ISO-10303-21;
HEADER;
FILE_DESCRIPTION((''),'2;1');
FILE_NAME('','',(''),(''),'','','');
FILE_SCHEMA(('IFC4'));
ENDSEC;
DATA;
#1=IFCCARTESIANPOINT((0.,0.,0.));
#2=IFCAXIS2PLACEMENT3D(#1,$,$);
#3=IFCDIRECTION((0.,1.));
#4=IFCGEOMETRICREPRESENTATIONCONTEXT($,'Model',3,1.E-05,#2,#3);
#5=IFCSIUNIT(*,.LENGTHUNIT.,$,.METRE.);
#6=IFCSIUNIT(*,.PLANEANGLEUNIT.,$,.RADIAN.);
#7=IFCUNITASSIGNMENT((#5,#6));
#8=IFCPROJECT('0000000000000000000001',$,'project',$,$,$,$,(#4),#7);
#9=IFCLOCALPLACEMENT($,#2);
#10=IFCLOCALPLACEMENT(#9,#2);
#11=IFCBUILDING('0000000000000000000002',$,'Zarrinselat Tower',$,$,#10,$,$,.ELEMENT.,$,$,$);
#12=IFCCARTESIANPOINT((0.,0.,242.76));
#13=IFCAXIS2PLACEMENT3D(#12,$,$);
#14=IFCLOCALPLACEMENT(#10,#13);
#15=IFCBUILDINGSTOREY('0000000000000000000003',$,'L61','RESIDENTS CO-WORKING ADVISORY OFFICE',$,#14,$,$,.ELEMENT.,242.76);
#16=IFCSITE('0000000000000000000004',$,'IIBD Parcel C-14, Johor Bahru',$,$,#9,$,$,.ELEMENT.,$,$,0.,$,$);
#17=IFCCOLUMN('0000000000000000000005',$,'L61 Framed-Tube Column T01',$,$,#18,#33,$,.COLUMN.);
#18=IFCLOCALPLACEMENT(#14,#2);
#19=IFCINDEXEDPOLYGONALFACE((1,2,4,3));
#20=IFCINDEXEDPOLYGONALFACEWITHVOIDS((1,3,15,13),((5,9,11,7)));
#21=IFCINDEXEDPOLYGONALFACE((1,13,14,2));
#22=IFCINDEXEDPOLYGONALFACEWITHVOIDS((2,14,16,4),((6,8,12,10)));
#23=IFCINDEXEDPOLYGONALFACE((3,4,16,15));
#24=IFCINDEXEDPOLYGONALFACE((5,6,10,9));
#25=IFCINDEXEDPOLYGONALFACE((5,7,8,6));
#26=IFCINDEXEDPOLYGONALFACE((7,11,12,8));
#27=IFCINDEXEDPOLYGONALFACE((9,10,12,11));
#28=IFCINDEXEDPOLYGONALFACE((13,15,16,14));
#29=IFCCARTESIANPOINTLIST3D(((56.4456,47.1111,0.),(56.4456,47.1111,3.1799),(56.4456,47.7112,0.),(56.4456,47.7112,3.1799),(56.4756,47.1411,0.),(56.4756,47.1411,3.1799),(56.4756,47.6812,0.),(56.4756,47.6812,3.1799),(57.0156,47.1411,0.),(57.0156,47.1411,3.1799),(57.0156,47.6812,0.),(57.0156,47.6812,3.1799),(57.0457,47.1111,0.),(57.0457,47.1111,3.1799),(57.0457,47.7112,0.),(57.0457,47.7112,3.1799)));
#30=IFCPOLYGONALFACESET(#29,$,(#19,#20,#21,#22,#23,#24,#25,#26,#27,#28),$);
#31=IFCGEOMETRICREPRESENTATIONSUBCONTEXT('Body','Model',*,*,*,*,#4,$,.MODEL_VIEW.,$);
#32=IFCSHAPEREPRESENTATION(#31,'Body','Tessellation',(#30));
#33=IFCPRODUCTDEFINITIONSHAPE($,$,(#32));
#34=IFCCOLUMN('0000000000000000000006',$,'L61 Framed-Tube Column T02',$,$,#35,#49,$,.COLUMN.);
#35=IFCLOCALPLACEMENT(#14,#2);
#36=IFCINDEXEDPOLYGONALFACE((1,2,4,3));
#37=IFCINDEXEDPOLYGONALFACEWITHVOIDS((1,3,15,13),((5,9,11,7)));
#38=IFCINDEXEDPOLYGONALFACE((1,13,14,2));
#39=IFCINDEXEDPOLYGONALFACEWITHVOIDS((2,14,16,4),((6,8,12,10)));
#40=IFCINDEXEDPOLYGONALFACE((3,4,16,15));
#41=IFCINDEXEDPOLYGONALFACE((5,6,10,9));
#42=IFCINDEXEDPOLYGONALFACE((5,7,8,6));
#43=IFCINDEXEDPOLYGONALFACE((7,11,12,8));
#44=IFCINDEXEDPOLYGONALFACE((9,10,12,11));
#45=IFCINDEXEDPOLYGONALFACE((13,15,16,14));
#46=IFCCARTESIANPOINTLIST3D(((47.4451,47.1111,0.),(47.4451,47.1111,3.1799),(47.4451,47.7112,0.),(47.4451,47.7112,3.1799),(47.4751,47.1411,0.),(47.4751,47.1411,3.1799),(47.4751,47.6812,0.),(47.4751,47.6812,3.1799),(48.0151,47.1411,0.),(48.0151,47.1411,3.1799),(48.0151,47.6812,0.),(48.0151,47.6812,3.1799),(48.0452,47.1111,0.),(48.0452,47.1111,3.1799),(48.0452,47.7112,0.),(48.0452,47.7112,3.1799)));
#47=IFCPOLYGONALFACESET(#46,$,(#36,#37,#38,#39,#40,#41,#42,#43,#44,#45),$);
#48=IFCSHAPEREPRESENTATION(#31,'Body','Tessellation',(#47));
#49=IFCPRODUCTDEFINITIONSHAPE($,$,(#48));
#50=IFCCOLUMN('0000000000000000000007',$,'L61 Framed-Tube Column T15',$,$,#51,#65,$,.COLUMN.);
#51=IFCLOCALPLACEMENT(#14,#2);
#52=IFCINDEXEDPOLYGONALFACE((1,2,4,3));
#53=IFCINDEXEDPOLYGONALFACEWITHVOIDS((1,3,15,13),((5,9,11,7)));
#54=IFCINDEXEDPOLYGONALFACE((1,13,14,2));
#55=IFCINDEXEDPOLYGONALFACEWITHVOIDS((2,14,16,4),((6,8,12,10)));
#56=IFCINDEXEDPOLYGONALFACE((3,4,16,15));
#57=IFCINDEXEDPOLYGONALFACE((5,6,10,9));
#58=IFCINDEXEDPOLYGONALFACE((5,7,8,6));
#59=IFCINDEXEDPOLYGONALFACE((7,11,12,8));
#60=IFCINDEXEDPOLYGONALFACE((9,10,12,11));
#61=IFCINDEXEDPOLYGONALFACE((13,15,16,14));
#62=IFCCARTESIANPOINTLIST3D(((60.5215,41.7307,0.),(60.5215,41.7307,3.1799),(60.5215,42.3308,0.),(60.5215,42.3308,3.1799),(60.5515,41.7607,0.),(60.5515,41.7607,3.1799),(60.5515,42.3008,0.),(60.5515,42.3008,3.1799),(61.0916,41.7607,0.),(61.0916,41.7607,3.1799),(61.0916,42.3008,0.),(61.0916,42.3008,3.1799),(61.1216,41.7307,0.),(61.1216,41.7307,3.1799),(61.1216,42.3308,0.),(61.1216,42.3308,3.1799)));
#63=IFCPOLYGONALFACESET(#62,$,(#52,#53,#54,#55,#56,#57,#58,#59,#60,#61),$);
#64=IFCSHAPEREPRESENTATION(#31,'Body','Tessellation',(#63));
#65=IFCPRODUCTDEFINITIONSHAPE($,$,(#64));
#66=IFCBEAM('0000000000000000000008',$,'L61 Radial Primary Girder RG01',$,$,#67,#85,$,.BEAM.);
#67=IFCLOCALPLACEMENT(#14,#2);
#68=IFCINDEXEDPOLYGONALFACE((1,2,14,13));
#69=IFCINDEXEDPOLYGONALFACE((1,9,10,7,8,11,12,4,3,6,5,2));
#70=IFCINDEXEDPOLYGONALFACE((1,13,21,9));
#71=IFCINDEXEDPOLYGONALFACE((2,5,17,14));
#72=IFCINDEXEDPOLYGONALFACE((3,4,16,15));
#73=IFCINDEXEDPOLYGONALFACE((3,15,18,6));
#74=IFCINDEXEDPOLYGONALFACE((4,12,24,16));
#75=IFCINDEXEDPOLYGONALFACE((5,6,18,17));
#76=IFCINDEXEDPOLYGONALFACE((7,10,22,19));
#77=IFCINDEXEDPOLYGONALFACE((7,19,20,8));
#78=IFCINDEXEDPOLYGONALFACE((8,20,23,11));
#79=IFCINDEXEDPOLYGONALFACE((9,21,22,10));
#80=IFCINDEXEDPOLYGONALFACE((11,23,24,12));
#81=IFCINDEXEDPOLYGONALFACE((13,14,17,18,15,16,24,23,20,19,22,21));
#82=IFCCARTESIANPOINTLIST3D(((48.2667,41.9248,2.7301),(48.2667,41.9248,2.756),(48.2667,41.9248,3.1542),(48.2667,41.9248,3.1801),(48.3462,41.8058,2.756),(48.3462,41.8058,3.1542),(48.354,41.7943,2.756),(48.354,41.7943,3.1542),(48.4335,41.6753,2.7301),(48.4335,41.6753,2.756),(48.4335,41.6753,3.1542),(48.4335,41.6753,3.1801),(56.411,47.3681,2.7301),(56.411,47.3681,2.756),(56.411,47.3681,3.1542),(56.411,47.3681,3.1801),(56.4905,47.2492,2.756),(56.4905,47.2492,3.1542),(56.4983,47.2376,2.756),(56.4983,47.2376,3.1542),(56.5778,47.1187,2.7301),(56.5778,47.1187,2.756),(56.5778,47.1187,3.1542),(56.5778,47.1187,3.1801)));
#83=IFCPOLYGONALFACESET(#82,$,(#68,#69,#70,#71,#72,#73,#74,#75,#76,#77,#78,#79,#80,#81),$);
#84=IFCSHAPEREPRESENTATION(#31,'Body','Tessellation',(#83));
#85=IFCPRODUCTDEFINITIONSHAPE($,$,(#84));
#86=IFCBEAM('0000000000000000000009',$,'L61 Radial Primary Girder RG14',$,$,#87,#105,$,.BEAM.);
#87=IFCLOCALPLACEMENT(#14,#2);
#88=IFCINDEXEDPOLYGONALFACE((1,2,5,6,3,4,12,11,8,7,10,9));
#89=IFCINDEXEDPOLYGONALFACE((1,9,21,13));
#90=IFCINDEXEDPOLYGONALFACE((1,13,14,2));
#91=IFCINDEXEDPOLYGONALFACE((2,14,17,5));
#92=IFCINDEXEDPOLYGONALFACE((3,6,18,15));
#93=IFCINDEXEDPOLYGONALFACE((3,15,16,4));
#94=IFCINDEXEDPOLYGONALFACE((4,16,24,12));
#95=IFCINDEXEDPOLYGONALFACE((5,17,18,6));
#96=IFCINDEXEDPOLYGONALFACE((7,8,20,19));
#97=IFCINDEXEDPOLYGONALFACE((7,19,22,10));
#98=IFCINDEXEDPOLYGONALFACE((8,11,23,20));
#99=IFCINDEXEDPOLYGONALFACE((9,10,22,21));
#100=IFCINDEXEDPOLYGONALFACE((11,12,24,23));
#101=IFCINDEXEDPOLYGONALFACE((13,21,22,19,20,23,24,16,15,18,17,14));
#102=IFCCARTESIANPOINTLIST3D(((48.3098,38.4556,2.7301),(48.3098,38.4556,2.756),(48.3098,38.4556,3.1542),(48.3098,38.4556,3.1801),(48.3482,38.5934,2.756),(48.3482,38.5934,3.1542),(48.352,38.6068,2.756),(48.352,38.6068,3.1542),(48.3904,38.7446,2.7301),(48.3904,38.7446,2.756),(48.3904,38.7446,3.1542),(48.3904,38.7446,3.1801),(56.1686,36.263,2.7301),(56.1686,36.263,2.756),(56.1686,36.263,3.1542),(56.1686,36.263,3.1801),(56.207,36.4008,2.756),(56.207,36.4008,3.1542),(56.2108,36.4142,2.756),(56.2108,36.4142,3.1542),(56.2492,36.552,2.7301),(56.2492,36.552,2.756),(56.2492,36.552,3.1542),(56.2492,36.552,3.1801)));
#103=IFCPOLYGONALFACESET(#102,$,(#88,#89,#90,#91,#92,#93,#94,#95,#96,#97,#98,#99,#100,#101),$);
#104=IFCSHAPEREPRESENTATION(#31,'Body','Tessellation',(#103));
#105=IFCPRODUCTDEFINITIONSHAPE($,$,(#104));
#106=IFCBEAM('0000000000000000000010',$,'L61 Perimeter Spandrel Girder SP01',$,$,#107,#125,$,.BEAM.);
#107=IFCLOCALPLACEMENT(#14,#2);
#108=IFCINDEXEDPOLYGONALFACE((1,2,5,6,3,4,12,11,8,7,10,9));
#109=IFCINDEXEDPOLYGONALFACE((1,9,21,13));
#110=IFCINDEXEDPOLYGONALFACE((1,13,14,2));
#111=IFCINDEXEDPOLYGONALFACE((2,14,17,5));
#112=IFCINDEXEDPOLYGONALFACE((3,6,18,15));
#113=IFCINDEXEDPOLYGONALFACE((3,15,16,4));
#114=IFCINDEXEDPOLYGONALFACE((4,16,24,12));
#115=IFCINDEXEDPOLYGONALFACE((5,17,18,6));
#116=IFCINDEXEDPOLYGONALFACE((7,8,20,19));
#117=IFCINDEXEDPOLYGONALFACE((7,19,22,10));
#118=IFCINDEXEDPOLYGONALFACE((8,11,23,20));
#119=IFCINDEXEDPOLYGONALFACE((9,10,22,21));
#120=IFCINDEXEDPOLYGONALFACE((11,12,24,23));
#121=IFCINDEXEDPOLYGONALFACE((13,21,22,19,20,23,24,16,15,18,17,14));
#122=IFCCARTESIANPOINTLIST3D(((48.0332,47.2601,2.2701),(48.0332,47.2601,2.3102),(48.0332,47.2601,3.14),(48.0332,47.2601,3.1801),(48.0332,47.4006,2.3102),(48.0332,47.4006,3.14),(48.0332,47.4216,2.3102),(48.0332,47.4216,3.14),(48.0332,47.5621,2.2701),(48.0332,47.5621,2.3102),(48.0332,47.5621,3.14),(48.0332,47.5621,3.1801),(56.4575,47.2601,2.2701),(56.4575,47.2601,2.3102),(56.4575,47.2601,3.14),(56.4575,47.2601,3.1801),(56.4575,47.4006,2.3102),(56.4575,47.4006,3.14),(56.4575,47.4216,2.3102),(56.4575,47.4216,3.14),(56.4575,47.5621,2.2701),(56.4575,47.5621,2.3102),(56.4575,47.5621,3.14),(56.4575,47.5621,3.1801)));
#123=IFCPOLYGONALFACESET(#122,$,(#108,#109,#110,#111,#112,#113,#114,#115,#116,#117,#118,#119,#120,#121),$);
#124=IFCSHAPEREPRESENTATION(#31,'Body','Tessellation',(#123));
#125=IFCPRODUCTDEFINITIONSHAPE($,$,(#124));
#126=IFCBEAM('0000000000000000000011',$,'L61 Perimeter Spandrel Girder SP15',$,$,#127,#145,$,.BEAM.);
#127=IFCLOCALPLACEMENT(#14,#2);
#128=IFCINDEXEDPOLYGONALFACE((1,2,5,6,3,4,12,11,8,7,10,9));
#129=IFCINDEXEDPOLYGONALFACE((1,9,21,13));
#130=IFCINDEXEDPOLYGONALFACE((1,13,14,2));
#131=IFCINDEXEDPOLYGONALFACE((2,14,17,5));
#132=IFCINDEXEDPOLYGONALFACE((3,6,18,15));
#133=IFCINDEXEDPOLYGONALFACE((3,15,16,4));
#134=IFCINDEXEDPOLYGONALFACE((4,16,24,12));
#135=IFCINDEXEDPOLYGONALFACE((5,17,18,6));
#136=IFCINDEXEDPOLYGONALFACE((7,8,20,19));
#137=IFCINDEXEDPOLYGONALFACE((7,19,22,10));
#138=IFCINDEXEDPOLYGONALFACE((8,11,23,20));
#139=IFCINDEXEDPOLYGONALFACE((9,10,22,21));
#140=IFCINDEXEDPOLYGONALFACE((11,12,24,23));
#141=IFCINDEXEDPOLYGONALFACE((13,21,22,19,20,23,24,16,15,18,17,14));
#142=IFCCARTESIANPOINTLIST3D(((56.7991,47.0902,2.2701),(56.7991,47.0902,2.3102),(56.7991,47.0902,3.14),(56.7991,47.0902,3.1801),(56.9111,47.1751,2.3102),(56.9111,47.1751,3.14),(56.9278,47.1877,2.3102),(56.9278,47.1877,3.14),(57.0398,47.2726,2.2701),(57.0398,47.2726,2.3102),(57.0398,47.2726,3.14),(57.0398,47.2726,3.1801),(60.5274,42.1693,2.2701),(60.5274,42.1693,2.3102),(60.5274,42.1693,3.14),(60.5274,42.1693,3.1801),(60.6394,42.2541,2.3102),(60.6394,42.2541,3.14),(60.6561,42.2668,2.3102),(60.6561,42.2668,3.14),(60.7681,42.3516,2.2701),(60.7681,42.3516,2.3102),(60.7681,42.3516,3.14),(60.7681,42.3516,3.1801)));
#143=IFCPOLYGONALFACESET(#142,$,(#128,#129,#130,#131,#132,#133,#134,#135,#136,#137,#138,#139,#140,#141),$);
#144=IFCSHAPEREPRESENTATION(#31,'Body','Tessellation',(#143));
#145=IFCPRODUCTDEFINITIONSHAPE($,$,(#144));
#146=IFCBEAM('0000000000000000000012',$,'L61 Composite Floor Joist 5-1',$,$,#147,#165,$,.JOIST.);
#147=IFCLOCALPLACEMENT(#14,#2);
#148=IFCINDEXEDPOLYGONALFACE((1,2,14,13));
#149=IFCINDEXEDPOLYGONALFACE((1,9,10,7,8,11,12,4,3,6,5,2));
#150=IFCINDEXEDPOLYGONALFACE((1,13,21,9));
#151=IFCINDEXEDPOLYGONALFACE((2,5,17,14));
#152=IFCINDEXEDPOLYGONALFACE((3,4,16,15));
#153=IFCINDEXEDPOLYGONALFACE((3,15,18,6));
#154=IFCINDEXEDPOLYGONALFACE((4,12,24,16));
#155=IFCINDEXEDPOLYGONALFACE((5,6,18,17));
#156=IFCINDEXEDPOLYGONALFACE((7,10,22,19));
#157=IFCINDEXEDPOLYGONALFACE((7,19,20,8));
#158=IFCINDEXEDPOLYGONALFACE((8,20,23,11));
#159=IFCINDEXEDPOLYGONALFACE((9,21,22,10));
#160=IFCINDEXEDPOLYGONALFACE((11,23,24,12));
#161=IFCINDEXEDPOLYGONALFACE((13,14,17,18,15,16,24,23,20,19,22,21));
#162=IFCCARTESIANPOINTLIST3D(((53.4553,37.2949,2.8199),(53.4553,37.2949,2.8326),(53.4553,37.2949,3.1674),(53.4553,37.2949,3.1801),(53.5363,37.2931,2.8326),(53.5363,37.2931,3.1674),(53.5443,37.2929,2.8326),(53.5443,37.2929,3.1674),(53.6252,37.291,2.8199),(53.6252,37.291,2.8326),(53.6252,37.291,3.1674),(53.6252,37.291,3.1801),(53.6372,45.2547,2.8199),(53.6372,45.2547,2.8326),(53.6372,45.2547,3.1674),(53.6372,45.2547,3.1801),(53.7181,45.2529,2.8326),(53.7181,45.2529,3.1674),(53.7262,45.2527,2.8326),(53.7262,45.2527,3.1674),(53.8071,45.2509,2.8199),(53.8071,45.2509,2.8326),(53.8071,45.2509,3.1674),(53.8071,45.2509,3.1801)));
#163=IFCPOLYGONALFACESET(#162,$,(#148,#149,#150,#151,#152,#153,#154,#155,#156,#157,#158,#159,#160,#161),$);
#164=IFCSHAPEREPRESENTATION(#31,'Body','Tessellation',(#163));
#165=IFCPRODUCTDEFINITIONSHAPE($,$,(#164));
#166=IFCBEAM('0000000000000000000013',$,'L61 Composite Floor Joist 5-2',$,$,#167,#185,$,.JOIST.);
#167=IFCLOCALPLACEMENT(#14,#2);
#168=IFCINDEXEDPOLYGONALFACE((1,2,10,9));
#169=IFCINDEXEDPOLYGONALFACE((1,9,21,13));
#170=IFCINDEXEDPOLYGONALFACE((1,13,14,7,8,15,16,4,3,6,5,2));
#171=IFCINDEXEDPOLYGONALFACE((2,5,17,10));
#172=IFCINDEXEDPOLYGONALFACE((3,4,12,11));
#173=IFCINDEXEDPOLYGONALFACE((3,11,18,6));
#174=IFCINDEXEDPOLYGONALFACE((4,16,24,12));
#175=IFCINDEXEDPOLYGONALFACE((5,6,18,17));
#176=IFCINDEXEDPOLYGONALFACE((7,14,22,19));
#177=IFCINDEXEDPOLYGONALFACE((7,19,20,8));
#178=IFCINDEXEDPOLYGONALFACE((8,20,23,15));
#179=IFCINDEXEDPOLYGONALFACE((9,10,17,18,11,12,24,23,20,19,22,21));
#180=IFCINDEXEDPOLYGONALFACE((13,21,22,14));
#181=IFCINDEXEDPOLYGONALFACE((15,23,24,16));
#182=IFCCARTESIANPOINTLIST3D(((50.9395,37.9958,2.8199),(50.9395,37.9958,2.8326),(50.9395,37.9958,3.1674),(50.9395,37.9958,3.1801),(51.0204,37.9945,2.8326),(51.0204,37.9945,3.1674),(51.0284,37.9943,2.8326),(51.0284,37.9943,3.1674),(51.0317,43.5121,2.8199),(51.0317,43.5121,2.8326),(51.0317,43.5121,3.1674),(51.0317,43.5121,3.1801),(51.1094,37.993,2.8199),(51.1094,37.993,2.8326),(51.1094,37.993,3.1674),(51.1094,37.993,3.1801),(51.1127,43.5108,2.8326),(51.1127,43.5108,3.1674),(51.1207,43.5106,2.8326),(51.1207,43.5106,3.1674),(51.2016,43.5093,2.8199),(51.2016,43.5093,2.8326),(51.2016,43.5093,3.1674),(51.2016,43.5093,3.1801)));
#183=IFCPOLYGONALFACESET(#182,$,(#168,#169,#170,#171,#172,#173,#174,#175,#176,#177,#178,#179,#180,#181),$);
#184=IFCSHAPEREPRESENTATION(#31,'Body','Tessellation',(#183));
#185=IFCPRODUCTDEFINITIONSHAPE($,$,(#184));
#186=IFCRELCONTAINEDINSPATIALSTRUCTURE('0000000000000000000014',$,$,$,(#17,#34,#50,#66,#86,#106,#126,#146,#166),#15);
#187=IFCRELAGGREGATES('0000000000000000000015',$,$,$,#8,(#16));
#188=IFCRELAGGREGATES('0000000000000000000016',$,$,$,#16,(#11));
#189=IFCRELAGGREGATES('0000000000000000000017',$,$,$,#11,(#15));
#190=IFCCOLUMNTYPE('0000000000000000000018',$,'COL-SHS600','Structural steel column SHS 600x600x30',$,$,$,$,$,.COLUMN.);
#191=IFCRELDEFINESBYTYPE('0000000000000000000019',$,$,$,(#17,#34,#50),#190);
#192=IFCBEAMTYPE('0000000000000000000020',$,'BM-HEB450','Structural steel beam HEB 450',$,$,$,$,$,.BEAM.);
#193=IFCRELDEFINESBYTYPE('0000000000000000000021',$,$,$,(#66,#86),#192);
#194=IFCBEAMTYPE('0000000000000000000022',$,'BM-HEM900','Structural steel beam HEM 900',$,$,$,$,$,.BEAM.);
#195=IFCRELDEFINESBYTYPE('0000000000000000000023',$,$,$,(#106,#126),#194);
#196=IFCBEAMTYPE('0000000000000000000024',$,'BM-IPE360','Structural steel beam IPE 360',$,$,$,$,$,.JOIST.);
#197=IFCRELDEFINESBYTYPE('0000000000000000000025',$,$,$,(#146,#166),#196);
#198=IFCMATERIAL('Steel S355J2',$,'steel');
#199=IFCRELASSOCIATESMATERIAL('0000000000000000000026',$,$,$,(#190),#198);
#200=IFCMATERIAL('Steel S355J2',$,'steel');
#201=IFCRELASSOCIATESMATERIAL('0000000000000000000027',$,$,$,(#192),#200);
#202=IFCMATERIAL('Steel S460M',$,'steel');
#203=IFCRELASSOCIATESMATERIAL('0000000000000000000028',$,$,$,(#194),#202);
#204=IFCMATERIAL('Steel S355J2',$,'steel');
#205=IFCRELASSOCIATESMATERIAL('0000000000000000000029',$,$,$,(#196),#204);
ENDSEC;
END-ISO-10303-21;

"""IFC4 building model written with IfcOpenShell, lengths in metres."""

from ifc_helpers import new_model, si_unit, direction, frame, origin, origin_2d, place, context, subcontext, project, spatial, hollow_rectangle, i_section, extrude, material, material_profile, profile_set, type_object, element, save


model = new_model("IFC4")

# Units and contexts
model_context = context("Model", 3, precision=1e-05, world=origin(), true_north=direction((0.0, 1.0)))
body_context = subcontext(model_context, "Body", "Model", "MODEL_VIEW")
ifc_project = project(units=[si_unit("LENGTHUNIT", "METRE"), si_unit("PLANEANGLEUNIT", "RADIAN")], contexts=[model_context])

# Site, building, storey
site_placement = place(None, origin())
site = spatial("IfcSite", under=ifc_project, at=site_placement, Name="IIBD Parcel C-14, Johor Bahru", CompositionType="ELEMENT", RefElevation=0.0)
building_placement = place(site_placement, origin())
building = spatial("IfcBuilding", under=site, at=building_placement, Name="Zarrinselat Tower", CompositionType="ELEMENT")
storey_placement = place(building_placement, frame((0.0, 0.0, 242.76)))
storey = spatial("IfcBuildingStorey", under=building, at=storey_placement, Name="L61", Description="RESIDENTS CO-WORKING ADVISORY OFFICE", CompositionType="ELEMENT", Elevation=242.76)

# Columns
ifc_material_1 = material(Name="Steel S355J2", Category="steel")
ifc_material_profile_1 = material_profile(ifc_material_1, hollow_rectangle(XDim=0.6001, YDim=0.6001, WallThickness=0.03, at=origin_2d()), Name="SHS 600x600x30")
ifc_profile_set_1 = profile_set([ifc_material_profile_1], Name="Steel S355J2")
column_type = type_object("IfcColumnType", Name="COL-SHS600", Description="Structural steel column SHS 600x600x30", PredefinedType="COLUMN", material=ifc_profile_set_1)
for number, where, z_axis, x_axis, name in (
    (1, (56.7456, 47.4111, 0.0), (0.0, 0.0, 1.0), (1.0, 0.0, 0.0), "L61 Framed-Tube Column T01"),
    (2, (47.7451, 47.4111, 0.0), (0.0, 0.0, 1.0), (1.0, 0.0, 0.0), "L61 Framed-Tube Column T02"),
    (3, (60.8215, 42.0308, 0.0), (0.0, 0.0, 1.0), (1.0, 0.0, 0.0), "L61 Framed-Tube Column T15"),
):
    element("IfcColumn", number, at=place(storey_placement, frame(where, z_axis=z_axis, x_axis=x_axis)), inside=storey, type_object=column_type, Name=name, PredefinedType="COLUMN", context=body_context, shape_type="SweptSolid", body=[
        extrude(hollow_rectangle(XDim=0.6001, YDim=0.6001, WallThickness=0.03, at=origin_2d()), origin(), (0.0, 0.0, 1.0), 3.1799),
    ])

# Beams
ifc_material_2 = material(Name="Steel S355J2", Category="steel")
ifc_material_profile_2 = material_profile(ifc_material_2, i_section(OverallWidth=0.3, OverallDepth=0.45, WebThickness=0.0139, FlangeThickness=0.0259, at=origin_2d()), Name="HEB 450")
ifc_profile_set_2 = profile_set([ifc_material_profile_2], Name="Steel S355J2")
beam_type_1 = type_object("IfcBeamType", Name="BM-HEB450", Description="Structural steel beam HEB 450", PredefinedType="BEAM", material=ifc_profile_set_2)
beam_1_placement = place(storey_placement, frame((48.3501, 41.8, 2.9551), z_axis=(0.831398, 0.555678, 0.0), x_axis=(-0.555678, 0.831398, 0.0)))
element("IfcBeam", 4, at=beam_1_placement, inside=storey, type_object=beam_type_1, Name="L61 Radial Primary Girder RG01", PredefinedType="BEAM", context=body_context, shape_type="SweptSolid", body=[
    extrude(i_section(OverallWidth=0.3, OverallDepth=0.45, WebThickness=0.0139, FlangeThickness=0.0259, at=origin_2d()), origin(), (0.0, 0.0, 1.0), 9.7959),
])
beam_2_placement = place(storey_placement, frame((48.3501, 38.6001, 2.9551), z_axis=(0.963214, -0.268736, 0.0), x_axis=(0.268736, 0.963214, 0.0)))
element("IfcBeam", 5, at=beam_2_placement, inside=storey, type_object=beam_type_1, Name="L61 Radial Primary Girder RG14", PredefinedType="BEAM", context=body_context, shape_type="SweptSolid", body=[
    extrude(i_section(OverallWidth=0.3, OverallDepth=0.45, WebThickness=0.0139, FlangeThickness=0.0259, at=origin_2d()), origin(), (0.0, 0.0, 1.0), 8.1589),
])
ifc_material_3 = material(Name="Steel S460M", Category="steel")
ifc_material_profile_3 = material_profile(ifc_material_3, i_section(OverallWidth=0.302, OverallDepth=0.9099, WebThickness=0.021, FlangeThickness=0.04, at=origin_2d()), Name="HEM 900")
ifc_profile_set_3 = profile_set([ifc_material_profile_3], Name="Steel S460M")
beam_type_2 = type_object("IfcBeamType", Name="BM-HEM900", Description="Structural steel beam HEM 900", PredefinedType="BEAM", material=ifc_profile_set_3)
beam_3_placement = place(storey_placement, frame((48.0332, 47.4111, 2.7251), z_axis=(1.0, 0.0, 0.0), x_axis=(0.0, 1.0, 0.0)))
element("IfcBeam", 6, at=beam_3_placement, inside=storey, type_object=beam_type_2, Name="L61 Perimeter Spandrel Girder SP01", PredefinedType="BEAM", context=body_context, shape_type="SweptSolid", body=[
    extrude(i_section(OverallWidth=0.302, OverallDepth=0.9099, WebThickness=0.021, FlangeThickness=0.04, at=origin_2d()), origin(), (0.0, 0.0, 1.0), 8.4243),
])
beam_4_placement = place(storey_placement, frame((56.9194, 47.1814, 2.7251), z_axis=(0.60389, -0.797067, 0.0), x_axis=(0.797067, 0.60389, 0.0)))
element("IfcBeam", 7, at=beam_4_placement, inside=storey, type_object=beam_type_2, Name="L61 Perimeter Spandrel Girder SP15", PredefinedType="BEAM", context=body_context, shape_type="SweptSolid", body=[
    extrude(i_section(OverallWidth=0.302, OverallDepth=0.9099, WebThickness=0.021, FlangeThickness=0.04, at=origin_2d()), origin(), (0.0, 0.0, 1.0), 6.1738),
])
ifc_material_4 = material(Name="Steel S355J2", Category="steel")
ifc_material_profile_4 = material_profile(ifc_material_4, i_section(OverallWidth=0.1699, OverallDepth=0.3601, WebThickness=0.0081, FlangeThickness=0.0127, at=origin_2d()), Name="IPE 360")
ifc_profile_set_4 = profile_set([ifc_material_profile_4], Name="Steel S355J2")
beam_type_3 = type_object("IfcBeamType", Name="BM-IPE360", Description="Structural steel beam IPE 360", PredefinedType="JOIST", material=ifc_profile_set_4)
beam_5_placement = place(storey_placement, frame((53.5403, 37.293, 3.0), z_axis=(0.022845, 0.999739, 0.0), x_axis=(-0.999739, 0.022845, 0.0)))
element("IfcBeam", 8, at=beam_5_placement, inside=storey, type_object=beam_type_3, Name="L61 Composite Floor Joist 5-1", PredefinedType="JOIST", context=body_context, shape_type="SweptSolid", body=[
    extrude(i_section(OverallWidth=0.1699, OverallDepth=0.3601, WebThickness=0.0081, FlangeThickness=0.0127, at=origin_2d()), origin(), (0.0, 0.0, 1.0), 7.9619),
])
beam_6_placement = place(storey_placement, frame((51.0244, 37.9944, 3.0), z_axis=(0.016727, 0.99986, 0.0), x_axis=(-0.99986, 0.016727, 0.0)))
element("IfcBeam", 9, at=beam_6_placement, inside=storey, type_object=beam_type_3, Name="L61 Composite Floor Joist 5-2", PredefinedType="JOIST", context=body_context, shape_type="SweptSolid", body=[
    extrude(i_section(OverallWidth=0.1699, OverallDepth=0.3601, WebThickness=0.0081, FlangeThickness=0.0127, at=origin_2d()), origin(), (0.0, 0.0, 1.0), 5.5171),
])

save(model, "model.ifc")
